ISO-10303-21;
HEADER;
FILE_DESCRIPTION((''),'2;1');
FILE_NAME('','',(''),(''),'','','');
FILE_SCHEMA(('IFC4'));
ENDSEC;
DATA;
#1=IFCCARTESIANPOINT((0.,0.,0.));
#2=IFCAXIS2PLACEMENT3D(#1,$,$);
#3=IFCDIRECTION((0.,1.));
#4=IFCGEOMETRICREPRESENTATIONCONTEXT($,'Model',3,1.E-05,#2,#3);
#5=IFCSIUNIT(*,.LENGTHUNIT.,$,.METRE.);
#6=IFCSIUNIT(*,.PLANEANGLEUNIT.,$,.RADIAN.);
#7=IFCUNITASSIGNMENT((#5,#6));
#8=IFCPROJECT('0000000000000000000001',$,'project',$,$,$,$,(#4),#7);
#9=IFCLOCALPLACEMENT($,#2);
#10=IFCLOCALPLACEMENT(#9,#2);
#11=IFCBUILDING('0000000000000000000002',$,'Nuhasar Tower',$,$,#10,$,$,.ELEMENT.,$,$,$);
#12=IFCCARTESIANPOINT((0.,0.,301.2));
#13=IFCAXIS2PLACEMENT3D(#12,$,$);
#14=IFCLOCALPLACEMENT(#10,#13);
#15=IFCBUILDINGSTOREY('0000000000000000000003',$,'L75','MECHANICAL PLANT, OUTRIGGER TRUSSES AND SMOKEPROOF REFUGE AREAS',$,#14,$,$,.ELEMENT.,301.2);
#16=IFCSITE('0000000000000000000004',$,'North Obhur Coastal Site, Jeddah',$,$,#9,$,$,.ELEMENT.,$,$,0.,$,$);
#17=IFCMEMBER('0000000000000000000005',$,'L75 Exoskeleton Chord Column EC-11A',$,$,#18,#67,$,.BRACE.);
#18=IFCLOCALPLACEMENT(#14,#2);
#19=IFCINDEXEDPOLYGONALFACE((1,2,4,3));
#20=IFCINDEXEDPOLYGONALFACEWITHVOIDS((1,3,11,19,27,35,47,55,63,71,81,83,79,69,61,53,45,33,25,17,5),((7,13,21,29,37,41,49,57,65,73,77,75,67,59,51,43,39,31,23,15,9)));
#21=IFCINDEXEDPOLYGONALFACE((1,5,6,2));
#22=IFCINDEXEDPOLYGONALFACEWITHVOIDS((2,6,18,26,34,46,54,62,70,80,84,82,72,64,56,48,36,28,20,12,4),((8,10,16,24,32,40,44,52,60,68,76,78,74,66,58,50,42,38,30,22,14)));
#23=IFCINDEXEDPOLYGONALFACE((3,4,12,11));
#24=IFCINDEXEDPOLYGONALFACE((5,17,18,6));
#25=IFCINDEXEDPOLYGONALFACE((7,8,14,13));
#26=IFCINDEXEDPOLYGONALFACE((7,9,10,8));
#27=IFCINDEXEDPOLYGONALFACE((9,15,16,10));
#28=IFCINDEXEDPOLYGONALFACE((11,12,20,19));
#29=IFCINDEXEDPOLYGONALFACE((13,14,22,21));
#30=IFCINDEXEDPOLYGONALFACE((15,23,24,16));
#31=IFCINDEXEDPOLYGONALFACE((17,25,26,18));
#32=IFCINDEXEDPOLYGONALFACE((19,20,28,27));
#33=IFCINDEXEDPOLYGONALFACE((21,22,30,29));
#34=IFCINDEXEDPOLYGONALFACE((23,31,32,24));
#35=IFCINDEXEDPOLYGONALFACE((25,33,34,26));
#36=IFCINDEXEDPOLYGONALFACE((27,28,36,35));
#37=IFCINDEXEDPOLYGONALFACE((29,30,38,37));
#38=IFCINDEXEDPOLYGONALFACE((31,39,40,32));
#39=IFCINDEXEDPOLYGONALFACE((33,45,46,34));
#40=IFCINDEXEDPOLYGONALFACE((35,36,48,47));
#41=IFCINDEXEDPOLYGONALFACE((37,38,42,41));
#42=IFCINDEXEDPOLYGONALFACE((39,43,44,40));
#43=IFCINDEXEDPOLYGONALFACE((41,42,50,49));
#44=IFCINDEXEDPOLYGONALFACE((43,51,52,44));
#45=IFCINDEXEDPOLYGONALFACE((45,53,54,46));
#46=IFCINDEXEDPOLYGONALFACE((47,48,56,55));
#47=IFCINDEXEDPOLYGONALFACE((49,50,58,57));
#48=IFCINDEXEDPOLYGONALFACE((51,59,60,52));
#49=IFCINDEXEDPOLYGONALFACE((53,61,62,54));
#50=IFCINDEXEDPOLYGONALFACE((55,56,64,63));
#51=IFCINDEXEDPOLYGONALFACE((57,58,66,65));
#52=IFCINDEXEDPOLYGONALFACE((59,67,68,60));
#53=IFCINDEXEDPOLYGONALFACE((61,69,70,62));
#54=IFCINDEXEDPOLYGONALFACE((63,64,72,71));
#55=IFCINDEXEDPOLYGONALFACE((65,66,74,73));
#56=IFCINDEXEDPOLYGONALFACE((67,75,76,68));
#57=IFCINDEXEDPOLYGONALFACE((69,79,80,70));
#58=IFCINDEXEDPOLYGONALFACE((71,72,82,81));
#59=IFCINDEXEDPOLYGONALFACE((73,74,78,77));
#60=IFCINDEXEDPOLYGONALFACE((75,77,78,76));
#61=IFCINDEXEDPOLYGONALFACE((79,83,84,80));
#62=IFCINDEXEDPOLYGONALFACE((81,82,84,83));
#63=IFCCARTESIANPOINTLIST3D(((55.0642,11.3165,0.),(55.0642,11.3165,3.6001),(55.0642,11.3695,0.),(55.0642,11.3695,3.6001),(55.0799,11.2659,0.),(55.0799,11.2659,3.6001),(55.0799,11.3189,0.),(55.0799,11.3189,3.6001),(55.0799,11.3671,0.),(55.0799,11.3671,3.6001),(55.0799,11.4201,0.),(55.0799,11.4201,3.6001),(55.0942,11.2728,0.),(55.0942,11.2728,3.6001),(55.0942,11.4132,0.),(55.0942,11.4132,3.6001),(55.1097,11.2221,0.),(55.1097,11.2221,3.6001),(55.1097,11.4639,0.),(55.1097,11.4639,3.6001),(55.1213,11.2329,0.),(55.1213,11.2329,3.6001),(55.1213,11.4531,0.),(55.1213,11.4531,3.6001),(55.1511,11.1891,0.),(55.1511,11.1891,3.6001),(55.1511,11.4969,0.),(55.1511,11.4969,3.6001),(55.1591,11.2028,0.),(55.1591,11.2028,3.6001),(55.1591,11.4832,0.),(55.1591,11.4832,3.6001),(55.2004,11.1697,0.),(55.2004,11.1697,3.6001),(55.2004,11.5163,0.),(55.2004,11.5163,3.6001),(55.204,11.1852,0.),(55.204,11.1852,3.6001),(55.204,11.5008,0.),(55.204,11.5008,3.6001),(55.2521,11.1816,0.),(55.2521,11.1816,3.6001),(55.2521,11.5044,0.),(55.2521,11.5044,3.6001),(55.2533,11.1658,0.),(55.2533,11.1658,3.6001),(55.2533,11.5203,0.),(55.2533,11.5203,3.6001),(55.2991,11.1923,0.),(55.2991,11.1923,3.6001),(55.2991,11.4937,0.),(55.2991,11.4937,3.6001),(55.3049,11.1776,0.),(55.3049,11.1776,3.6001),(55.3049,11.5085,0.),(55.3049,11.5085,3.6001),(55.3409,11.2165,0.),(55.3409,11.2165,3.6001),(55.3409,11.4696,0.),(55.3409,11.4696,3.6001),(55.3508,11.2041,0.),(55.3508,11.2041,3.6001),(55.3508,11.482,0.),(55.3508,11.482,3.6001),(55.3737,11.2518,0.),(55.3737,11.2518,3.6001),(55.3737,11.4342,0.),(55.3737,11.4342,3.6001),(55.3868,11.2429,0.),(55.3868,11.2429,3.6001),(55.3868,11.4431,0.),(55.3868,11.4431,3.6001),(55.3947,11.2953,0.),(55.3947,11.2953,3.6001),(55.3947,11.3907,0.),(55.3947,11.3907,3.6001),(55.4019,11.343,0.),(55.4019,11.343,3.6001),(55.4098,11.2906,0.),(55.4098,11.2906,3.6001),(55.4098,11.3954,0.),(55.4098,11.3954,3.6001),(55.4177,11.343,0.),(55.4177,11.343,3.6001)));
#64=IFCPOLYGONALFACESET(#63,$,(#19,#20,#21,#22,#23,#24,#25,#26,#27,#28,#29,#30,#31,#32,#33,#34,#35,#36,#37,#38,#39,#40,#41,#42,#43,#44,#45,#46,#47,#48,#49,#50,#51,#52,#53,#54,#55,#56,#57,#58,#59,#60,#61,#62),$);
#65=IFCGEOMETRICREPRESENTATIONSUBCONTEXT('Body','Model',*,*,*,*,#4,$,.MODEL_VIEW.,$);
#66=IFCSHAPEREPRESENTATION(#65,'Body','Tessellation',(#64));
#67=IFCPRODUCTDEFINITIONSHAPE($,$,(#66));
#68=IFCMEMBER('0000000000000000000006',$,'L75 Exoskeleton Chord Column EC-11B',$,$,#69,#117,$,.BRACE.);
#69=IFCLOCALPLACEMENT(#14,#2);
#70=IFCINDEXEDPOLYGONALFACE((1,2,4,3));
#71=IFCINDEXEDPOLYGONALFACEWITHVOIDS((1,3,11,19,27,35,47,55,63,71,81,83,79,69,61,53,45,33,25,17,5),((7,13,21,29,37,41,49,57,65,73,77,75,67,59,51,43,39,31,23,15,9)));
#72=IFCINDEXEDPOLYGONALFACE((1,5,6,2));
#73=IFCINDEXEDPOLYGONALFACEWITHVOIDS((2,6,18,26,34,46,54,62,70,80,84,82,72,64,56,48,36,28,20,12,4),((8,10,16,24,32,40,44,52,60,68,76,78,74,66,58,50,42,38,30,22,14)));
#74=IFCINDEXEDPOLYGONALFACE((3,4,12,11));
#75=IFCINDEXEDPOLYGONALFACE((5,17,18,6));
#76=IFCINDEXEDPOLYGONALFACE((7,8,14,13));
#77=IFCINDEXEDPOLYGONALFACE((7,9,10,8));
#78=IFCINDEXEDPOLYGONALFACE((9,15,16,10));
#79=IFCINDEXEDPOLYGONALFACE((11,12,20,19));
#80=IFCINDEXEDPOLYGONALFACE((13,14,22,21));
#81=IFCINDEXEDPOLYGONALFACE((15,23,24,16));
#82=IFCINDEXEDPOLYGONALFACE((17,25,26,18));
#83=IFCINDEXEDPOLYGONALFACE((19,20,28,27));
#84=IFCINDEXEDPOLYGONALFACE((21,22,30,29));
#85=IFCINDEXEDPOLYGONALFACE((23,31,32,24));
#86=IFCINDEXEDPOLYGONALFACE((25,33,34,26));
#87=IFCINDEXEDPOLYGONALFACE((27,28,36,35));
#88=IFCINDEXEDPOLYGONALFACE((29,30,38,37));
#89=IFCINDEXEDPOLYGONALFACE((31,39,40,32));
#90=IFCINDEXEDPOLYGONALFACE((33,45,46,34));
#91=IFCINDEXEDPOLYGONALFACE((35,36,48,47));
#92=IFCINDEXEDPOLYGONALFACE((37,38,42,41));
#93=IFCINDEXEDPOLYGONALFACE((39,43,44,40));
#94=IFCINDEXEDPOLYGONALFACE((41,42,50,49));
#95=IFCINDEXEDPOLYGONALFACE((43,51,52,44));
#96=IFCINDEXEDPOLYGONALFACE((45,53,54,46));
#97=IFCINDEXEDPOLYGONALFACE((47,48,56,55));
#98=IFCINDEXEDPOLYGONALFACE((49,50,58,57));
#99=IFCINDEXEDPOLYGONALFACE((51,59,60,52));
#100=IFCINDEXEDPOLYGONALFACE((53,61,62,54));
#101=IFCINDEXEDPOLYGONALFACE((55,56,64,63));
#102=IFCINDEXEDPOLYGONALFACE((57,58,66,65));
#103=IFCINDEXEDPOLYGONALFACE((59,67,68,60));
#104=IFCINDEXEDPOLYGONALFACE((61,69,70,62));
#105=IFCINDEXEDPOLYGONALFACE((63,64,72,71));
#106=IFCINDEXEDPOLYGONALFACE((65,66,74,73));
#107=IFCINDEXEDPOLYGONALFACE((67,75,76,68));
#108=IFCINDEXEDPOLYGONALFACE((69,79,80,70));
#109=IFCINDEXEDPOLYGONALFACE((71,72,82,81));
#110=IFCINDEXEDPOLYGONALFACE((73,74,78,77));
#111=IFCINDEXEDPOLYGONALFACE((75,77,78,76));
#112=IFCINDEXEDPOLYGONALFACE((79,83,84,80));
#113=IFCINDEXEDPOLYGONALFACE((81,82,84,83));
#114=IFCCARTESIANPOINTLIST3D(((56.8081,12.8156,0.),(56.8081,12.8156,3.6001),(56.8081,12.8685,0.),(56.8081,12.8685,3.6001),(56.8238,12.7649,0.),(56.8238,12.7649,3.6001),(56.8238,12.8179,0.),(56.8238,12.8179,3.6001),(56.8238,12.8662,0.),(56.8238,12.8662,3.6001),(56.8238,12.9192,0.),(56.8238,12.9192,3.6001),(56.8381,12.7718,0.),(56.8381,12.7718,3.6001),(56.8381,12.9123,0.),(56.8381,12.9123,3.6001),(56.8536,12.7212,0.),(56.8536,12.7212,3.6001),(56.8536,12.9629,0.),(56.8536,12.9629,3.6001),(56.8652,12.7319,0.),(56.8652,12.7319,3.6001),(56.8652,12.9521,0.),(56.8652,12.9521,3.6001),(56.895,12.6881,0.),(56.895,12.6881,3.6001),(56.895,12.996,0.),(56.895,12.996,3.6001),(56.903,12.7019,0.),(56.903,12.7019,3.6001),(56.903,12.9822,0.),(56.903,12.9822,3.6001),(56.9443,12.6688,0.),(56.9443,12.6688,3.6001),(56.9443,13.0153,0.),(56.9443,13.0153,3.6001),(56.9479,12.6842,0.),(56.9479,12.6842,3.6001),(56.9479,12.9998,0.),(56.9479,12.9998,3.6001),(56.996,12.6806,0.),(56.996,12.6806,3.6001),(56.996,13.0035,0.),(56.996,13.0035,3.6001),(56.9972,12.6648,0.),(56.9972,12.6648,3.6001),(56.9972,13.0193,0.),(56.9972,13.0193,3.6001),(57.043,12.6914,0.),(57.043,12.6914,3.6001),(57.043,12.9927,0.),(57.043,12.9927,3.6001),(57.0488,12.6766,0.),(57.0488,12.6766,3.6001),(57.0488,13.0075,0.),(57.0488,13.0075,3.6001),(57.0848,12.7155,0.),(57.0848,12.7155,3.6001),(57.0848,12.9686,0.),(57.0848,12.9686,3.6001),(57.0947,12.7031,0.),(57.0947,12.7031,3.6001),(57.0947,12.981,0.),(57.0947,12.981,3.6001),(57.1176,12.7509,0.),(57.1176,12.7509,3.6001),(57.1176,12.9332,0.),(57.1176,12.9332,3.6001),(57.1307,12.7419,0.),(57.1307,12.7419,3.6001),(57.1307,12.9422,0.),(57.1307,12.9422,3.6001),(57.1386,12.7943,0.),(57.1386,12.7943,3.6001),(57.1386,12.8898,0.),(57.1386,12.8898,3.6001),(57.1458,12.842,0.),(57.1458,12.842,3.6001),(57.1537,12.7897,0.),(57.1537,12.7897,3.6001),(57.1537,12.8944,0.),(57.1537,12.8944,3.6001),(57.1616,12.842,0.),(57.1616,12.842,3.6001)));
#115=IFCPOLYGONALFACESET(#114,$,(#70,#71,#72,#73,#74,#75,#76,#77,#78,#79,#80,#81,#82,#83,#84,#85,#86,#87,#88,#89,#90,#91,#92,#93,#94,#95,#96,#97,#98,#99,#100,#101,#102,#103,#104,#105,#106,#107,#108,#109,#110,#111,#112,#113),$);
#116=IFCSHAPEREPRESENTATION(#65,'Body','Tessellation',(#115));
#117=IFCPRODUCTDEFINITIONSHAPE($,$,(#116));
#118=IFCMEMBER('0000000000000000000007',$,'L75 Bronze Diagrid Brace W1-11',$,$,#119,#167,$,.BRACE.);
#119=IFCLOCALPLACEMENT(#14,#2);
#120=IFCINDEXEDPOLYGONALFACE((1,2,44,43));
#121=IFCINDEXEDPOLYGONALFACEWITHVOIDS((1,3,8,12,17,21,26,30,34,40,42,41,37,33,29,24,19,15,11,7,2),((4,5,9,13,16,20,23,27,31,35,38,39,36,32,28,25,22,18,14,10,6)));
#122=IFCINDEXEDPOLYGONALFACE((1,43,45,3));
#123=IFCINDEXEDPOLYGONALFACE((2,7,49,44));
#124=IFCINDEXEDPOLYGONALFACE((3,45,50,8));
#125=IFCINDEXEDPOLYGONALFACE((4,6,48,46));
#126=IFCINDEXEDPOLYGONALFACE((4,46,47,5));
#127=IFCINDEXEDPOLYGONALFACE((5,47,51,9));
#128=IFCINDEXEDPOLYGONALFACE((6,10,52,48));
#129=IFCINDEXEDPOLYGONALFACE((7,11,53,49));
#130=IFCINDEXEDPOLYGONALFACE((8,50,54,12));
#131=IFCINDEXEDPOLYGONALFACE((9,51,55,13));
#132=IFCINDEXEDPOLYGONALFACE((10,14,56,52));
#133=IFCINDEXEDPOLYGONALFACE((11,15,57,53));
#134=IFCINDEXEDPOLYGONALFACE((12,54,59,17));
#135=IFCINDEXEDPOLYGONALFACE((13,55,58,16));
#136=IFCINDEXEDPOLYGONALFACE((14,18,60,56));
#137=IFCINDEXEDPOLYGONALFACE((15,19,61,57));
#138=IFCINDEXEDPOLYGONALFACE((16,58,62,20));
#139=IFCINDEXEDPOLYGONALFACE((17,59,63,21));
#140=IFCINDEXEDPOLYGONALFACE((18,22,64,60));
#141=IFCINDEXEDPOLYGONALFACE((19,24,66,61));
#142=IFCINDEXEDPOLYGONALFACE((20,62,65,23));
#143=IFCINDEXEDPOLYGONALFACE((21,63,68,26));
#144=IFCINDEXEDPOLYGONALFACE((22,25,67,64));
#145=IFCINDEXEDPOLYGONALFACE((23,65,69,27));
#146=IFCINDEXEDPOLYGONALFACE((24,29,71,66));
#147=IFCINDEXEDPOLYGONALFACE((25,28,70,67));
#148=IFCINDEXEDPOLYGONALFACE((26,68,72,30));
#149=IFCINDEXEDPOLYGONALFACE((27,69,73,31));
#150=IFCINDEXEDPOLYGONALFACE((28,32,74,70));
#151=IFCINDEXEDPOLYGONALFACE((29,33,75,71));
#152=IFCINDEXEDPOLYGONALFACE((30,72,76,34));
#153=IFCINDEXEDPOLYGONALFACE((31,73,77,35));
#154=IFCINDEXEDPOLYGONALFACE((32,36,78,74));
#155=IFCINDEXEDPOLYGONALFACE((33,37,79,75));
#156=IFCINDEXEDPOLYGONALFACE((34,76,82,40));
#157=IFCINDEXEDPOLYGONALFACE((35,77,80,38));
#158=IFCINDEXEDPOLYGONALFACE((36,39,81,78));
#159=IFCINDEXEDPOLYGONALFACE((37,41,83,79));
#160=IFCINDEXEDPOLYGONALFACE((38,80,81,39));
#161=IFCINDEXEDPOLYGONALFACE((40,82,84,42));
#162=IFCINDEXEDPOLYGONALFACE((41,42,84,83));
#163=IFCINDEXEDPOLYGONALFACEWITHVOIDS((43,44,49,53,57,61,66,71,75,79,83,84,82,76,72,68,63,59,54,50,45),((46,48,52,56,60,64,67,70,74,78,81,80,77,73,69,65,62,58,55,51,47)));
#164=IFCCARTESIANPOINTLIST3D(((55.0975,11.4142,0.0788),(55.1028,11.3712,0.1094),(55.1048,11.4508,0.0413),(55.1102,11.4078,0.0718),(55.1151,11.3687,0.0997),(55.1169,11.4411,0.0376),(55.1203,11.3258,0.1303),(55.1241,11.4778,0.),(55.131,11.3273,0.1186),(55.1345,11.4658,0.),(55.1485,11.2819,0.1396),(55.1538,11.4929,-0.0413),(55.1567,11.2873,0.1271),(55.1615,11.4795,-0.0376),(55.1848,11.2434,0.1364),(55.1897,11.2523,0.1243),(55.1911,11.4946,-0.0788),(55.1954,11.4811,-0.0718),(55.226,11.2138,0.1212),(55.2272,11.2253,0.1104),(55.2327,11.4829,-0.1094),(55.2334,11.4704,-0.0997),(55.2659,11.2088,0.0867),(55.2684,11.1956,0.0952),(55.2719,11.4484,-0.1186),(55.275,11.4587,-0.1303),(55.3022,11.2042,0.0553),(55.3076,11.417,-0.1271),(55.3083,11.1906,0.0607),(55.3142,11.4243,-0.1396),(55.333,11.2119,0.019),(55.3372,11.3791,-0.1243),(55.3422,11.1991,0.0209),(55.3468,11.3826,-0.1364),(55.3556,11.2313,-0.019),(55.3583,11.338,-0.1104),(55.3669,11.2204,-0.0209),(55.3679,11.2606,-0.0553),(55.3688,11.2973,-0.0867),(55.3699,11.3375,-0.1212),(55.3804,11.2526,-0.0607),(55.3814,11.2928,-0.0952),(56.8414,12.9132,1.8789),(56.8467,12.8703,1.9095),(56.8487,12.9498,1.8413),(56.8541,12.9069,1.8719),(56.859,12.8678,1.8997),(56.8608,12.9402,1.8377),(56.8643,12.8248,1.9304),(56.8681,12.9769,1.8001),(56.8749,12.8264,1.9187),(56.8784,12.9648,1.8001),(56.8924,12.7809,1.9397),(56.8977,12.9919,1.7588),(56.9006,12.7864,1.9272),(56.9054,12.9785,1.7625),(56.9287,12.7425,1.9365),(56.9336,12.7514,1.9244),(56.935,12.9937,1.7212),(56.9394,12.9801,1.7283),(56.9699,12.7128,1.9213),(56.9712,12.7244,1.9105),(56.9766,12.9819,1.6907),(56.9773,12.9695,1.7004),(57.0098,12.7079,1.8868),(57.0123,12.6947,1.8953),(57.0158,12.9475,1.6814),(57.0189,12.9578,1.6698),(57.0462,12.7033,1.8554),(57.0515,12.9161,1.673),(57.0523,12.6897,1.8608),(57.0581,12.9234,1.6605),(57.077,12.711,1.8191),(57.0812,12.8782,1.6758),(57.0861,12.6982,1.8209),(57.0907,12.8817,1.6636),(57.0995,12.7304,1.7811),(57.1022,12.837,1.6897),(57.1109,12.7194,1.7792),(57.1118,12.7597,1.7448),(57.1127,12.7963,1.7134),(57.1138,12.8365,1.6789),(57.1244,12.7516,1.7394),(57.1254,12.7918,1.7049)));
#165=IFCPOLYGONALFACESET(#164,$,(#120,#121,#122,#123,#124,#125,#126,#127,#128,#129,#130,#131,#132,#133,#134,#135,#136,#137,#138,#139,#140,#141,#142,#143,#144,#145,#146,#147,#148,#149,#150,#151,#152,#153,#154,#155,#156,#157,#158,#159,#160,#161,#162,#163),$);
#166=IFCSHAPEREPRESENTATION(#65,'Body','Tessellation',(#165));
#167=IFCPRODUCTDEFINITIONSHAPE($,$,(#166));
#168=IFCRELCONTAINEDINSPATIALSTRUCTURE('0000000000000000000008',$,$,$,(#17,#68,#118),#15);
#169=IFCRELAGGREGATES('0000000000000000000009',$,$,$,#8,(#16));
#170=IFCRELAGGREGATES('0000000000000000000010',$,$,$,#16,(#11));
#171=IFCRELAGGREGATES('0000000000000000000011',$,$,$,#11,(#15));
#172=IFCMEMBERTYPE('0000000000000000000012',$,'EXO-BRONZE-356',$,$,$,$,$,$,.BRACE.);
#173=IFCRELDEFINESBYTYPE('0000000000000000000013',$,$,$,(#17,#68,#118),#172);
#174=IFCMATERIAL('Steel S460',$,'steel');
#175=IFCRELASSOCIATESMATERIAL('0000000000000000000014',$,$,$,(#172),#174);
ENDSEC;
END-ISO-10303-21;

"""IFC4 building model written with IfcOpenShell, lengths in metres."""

from ifc_helpers import new_model, si_unit, direction, frame, origin, origin_2d, place, context, subcontext, project, spatial, hollow_circle, extrude, material, material_profile, profile_set, type_object, element, save


model = new_model("IFC4")

# Units and contexts
model_context = context("Model", 3, precision=1e-05, world=origin(), true_north=direction((0.0, 1.0)))
body_context = subcontext(model_context, "Body", "Model", "MODEL_VIEW")
ifc_project = project(units=[si_unit("LENGTHUNIT", "METRE"), si_unit("PLANEANGLEUNIT", "RADIAN")], contexts=[model_context])

# Site, building, storey
site_placement = place(None, origin())
site = spatial("IfcSite", under=ifc_project, at=site_placement, Name="North Obhur Coastal Site, Jeddah", CompositionType="ELEMENT", RefElevation=0.0)
building_placement = place(site_placement, origin())
building = spatial("IfcBuilding", under=site, at=building_placement, Name="Nuhasar Tower", CompositionType="ELEMENT")
storey_placement = place(building_placement, frame((0.0, 0.0, 301.2)))
storey = spatial("IfcBuildingStorey", under=building, at=storey_placement, Name="L75", Description="MECHANICAL PLANT, OUTRIGGER TRUSSES AND SMOKEPROOF REFUGE AREAS", CompositionType="ELEMENT", Elevation=301.2)

# Shared definitions
ifc_material_1 = material(Name="Steel S460", Category="steel")

# Members
ifc_material_profile_1 = material_profile(ifc_material_1, hollow_circle(Radius=0.1777, WallThickness=0.0159, at=origin_2d()), Name="HSS355.6X15.9")
ifc_profile_set_1 = profile_set([ifc_material_profile_1], Name="Steel S460")
member_type_1 = type_object("IfcMemberType", Name="EXO-BRONZE-356", PredefinedType="BRACE", material=ifc_profile_set_1)
for number, where, z_axis, x_axis, name in (
    (1, (55.24, 11.343, 0.0), (0.0, 0.0, 1.0), (1.0, 0.0, 0.0), "L75 Exoskeleton Chord Column EC-11A"),
    (2, (56.9839, 12.842, 0.0), (0.0, 0.0, 1.0), (1.0, 0.0, 0.0), "L75 Exoskeleton Chord Column EC-11B"),
):
    element("IfcMember", number, at=place(storey_placement, frame(where, z_axis=z_axis, x_axis=x_axis)), inside=storey, type_object=member_type_1, Name=name, PredefinedType="BRACE", context=body_context, shape_type="SweptSolid", body=[
        extrude(hollow_circle(Radius=0.1777, WallThickness=0.0159, at=origin_2d()), origin(), (0.0, 0.0, 1.0), 3.6001),
    ])
for number, where, z_axis, x_axis, name in (
    (3, (55.24, 11.343, 0.0), (0.597154, 0.513303, 0.616382), (-0.651857, 0.758342, 0.0), "L75 Bronze Diagrid Brace W1-11"),
):
    element("IfcMember", number, at=place(storey_placement, frame(where, z_axis=z_axis, x_axis=x_axis)), inside=storey, type_object=member_type_1, Name=name, PredefinedType="BRACE", context=body_context, shape_type="SweptSolid", body=[
        extrude(hollow_circle(Radius=0.1777, WallThickness=0.0159, at=origin_2d()), origin(), (0.0, 0.0, 1.0), 2.9204),
    ])

save(model, "model.ifc")
